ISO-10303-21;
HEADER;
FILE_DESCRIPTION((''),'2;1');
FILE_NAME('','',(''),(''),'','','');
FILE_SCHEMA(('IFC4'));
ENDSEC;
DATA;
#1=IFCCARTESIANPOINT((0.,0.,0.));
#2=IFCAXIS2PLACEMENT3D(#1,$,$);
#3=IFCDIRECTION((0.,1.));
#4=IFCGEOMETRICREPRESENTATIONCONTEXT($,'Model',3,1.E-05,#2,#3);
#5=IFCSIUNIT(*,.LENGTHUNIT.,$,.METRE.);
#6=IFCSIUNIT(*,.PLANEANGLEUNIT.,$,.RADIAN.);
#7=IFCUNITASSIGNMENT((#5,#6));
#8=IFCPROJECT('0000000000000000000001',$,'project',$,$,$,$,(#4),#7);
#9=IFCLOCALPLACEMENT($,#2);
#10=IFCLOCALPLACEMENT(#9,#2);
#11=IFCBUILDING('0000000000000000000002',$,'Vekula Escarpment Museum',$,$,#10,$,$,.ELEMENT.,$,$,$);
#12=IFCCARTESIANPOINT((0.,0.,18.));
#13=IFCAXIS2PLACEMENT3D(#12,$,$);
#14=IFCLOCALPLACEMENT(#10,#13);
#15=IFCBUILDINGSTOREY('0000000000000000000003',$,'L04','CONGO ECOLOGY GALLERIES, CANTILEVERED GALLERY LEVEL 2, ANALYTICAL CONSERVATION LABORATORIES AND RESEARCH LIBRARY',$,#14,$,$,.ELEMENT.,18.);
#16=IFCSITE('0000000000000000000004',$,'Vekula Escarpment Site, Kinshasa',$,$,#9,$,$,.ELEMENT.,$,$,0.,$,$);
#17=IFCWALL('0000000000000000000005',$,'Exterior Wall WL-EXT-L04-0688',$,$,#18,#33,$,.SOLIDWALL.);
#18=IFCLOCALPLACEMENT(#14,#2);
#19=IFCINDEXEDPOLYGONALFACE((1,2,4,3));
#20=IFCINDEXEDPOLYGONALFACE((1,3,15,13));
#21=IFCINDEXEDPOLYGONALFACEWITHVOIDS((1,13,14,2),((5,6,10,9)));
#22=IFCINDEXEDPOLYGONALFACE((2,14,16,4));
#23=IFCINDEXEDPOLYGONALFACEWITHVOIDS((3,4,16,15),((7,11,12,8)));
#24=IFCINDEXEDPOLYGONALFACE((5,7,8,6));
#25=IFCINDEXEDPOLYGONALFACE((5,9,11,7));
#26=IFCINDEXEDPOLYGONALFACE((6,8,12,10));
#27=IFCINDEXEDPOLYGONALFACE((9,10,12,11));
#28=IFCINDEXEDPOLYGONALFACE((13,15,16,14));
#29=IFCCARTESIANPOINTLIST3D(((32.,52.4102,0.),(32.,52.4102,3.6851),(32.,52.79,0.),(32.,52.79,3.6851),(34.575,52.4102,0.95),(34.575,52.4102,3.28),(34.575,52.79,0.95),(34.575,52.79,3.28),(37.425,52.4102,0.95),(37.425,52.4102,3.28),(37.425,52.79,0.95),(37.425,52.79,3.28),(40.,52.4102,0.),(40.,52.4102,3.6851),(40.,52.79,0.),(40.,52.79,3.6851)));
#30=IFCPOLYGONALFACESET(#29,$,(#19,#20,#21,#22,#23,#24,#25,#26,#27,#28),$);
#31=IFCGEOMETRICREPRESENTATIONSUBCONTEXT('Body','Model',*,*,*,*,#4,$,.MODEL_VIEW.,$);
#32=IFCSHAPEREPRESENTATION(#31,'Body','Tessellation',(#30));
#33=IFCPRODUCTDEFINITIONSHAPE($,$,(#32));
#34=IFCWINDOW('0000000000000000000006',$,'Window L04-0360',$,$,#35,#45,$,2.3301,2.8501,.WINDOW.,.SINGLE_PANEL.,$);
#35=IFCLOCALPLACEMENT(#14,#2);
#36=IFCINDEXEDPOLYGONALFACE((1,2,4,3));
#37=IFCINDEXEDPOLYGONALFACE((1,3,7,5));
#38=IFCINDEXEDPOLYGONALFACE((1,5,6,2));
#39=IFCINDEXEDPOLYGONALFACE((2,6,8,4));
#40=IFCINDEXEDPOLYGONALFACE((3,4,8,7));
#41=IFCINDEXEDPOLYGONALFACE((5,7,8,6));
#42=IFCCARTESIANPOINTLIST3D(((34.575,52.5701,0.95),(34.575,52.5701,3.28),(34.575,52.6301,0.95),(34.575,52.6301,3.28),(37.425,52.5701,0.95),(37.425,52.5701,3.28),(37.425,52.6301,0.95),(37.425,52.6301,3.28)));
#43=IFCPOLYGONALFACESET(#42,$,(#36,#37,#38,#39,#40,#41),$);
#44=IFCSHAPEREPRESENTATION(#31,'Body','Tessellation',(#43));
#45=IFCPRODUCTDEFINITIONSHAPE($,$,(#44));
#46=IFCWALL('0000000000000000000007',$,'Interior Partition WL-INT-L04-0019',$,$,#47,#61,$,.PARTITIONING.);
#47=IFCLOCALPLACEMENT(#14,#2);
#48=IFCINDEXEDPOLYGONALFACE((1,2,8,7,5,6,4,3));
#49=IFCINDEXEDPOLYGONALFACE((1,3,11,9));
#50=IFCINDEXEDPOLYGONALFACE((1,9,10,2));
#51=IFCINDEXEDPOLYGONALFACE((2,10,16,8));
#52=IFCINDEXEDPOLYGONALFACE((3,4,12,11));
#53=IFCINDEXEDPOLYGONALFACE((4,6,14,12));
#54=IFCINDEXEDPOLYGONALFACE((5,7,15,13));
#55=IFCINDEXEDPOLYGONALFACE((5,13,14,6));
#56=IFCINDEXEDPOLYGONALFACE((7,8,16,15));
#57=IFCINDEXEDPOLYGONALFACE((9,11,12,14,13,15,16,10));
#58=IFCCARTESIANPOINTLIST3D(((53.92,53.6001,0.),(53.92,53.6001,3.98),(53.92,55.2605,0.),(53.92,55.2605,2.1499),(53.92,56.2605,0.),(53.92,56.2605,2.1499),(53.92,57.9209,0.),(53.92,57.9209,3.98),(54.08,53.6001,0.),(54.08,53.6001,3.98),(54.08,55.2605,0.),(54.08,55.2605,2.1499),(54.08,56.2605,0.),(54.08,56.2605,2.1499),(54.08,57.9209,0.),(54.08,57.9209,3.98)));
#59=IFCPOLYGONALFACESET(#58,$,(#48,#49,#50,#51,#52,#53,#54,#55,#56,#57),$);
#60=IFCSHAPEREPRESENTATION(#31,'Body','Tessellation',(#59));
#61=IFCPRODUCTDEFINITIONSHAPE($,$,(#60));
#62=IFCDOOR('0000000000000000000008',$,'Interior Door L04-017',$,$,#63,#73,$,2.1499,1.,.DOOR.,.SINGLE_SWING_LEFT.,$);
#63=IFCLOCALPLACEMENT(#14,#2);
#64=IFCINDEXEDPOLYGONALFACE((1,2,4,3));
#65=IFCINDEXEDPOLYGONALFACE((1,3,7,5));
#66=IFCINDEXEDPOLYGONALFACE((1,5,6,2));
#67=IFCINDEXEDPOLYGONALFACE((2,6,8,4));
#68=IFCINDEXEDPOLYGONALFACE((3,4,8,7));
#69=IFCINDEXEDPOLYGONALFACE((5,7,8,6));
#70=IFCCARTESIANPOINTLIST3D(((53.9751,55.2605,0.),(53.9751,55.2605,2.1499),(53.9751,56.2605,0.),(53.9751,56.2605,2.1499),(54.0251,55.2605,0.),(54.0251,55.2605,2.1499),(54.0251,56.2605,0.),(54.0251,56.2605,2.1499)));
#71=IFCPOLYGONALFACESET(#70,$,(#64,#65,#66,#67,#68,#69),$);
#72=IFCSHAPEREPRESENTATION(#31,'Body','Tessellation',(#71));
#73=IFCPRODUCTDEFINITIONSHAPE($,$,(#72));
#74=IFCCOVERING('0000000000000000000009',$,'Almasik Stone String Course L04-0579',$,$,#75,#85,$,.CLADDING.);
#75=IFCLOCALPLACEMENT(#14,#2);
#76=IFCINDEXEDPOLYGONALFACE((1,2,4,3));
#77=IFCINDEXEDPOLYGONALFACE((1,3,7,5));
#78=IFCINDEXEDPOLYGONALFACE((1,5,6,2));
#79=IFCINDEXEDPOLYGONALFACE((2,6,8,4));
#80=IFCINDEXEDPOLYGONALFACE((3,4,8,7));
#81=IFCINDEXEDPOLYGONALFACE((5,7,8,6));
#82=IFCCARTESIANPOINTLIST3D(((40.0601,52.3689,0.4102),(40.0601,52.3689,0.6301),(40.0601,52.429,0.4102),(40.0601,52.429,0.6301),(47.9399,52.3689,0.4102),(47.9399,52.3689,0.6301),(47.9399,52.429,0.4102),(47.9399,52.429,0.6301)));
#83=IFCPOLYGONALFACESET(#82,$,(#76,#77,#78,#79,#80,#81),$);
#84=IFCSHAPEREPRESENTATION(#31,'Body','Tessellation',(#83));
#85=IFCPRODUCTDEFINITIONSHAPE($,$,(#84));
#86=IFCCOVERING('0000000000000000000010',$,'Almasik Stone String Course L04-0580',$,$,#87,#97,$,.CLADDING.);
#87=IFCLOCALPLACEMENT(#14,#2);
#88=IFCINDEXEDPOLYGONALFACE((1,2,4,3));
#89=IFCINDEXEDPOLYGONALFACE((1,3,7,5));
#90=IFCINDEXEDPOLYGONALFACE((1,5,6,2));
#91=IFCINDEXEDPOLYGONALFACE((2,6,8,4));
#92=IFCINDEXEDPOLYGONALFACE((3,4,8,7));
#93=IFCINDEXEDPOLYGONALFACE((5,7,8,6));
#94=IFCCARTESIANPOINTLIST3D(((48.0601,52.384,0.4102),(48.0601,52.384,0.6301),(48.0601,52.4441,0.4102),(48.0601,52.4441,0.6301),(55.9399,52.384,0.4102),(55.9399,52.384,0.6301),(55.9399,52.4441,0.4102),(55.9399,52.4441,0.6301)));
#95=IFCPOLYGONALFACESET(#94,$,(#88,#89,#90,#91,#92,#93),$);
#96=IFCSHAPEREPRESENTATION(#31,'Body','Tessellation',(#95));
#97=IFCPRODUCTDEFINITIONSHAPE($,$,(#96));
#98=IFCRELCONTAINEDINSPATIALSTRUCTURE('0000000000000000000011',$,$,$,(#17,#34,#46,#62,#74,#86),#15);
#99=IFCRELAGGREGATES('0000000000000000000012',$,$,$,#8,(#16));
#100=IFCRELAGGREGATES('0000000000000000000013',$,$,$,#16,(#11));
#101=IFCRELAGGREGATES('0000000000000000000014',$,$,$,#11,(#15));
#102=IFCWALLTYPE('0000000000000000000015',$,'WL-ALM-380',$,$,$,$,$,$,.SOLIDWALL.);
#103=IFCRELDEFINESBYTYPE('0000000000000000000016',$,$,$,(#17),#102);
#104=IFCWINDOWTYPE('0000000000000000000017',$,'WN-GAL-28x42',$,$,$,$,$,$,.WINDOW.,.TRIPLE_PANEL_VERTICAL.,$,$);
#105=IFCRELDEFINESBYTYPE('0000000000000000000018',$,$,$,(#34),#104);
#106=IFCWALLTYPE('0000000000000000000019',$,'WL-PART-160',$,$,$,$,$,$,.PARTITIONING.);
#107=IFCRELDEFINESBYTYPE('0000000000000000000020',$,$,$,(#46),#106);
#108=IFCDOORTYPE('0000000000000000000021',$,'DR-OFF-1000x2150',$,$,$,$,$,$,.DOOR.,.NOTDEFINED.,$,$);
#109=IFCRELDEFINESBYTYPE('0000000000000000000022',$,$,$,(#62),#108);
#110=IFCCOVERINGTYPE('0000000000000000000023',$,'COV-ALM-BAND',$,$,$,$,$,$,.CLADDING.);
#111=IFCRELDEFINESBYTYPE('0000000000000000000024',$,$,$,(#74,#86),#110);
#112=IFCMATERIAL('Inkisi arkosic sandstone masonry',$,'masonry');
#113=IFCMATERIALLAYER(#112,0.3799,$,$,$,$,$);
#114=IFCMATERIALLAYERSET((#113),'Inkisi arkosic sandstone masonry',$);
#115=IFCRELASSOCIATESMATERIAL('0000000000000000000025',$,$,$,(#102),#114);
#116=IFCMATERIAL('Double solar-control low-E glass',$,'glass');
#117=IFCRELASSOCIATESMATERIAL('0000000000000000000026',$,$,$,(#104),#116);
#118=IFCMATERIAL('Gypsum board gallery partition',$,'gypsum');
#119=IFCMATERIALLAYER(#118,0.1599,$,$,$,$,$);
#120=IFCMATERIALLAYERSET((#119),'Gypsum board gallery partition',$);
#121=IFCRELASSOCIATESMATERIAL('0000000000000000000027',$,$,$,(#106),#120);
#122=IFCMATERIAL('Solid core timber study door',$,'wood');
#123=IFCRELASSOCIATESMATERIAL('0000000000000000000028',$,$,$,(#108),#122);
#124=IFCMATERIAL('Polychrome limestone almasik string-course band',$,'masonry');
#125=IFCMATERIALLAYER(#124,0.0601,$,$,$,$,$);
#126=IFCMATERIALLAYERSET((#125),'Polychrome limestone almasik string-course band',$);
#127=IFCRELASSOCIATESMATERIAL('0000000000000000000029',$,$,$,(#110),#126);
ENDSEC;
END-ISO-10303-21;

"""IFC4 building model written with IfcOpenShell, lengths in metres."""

from ifc_helpers import new_model, si_unit, direction, frame, frame_2d, origin, origin_2d, place, context, subcontext, project, spatial, rectangle, extrude, material, layer, layer_set, type_object, element, fill, save


model = new_model("IFC4")

# Units and contexts
model_context = context("Model", 3, precision=1e-05, world=origin(), true_north=direction((0.0, 1.0)))
body_context = subcontext(model_context, "Body", "Model", "MODEL_VIEW")
ifc_project = project(units=[si_unit("LENGTHUNIT", "METRE"), si_unit("PLANEANGLEUNIT", "RADIAN")], contexts=[model_context])

# Site, building, storey
site_placement = place(None, origin())
site = spatial("IfcSite", under=ifc_project, at=site_placement, Name="Vekula Escarpment Site, Kinshasa", CompositionType="ELEMENT", RefElevation=0.0)
building_placement = place(site_placement, origin())
building = spatial("IfcBuilding", under=site, at=building_placement, Name="Vekula Escarpment Museum", CompositionType="ELEMENT")
storey_placement = place(building_placement, frame((0.0, 0.0, 18.0)))
storey = spatial("IfcBuildingStorey", under=building, at=storey_placement, Name="L04", Description="CONGO ECOLOGY GALLERIES, CANTILEVERED GALLERY LEVEL 2, ANALYTICAL CONSERVATION LABORATORIES AND RESEARCH LIBRARY", CompositionType="ELEMENT", Elevation=18.0)

# Wall, opening, window
ifc_material_1 = material(Name="Inkisi arkosic sandstone masonry", Category="masonry")
ifc_layer_1 = layer(ifc_material_1, 0.3799)
ifc_layer_set_1 = layer_set([ifc_layer_1], Name="Inkisi arkosic sandstone masonry")
wall_type_1 = type_object("IfcWallType", Name="WL-ALM-380", PredefinedType="SOLIDWALL", material=ifc_layer_set_1)
wall_1_placement = place(storey_placement, frame((40.0, 52.6001, 0.0), z_axis=(0.0, 0.0, 1.0), x_axis=(-1.0, 0.0, 0.0)))
wall_1 = element("IfcWall", 1, at=wall_1_placement, inside=storey, type_object=wall_type_1, Name="Exterior Wall WL-EXT-L04-0688", PredefinedType="SOLIDWALL", context=body_context, shape_type="SweptSolid", body=[
    extrude(rectangle(XDim=8.0, YDim=0.3799, at=frame_2d((4.0, 0.0))), origin(), (0.0, 0.0, 1.0), 3.6851),
])
opening_1_placement = place(wall_1_placement, frame((2.575, 0.0, 0.95)))
opening_1 = element("IfcOpeningElement", 2, at=opening_1_placement, cuts=wall_1, PredefinedType="OPENING", context=body_context, shape_type="SweptSolid", body=[
    extrude(rectangle(XDim=2.8501, YDim=2.3301, at=frame_2d((1.425, 1.165))), frame((0.0, 0.2, 0.0), z_axis=(0.0, -1.0, 0.0), x_axis=(1.0, 0.0, 0.0)), (0.0, 0.0, 1.0), 0.3999),
])
ifc_material_2 = material(Name="Double solar-control low-E glass", Category="glass")
window_type_1 = type_object("IfcWindowType", Name="WN-GAL-28x42", PartitioningType="TRIPLE_PANEL_VERTICAL", PredefinedType="WINDOW", material=ifc_material_2)
window_1_placement = place(opening_1_placement, origin())
window_1 = element("IfcWindow", 3, at=window_1_placement, inside=storey, type_object=window_type_1, Name="Window L04-0360", OverallHeight=2.3301, OverallWidth=2.8501, PartitioningType="SINGLE_PANEL", PredefinedType="WINDOW", context=body_context, shape_type="SweptSolid", body=[
    extrude(rectangle(XDim=2.8501, YDim=2.3301, at=frame_2d((1.425, 1.165))), frame((0.0, 0.03, 0.0), z_axis=(0.0, -1.0, 0.0), x_axis=(1.0, 0.0, 0.0)), (0.0, 0.0, 1.0), 0.0601),
])
fill(opening_1, window_1)

# Wall, opening, door
ifc_material_3 = material(Name="Gypsum board gallery partition", Category="gypsum")
ifc_layer_2 = layer(ifc_material_3, 0.1599)
ifc_layer_set_2 = layer_set([ifc_layer_2], Name="Gypsum board gallery partition")
wall_type_2 = type_object("IfcWallType", Name="WL-PART-160", PredefinedType="PARTITIONING", material=ifc_layer_set_2)
wall_2_placement = place(storey_placement, frame((54.0, 53.6001, 0.0), z_axis=(0.0, 0.0, 1.0), x_axis=(0.0, 1.0, 0.0)))
wall_2 = element("IfcWall", 4, at=wall_2_placement, inside=storey, type_object=wall_type_2, Name="Interior Partition WL-INT-L04-0019", PredefinedType="PARTITIONING", context=body_context, shape_type="SweptSolid", body=[
    extrude(rectangle(XDim=4.3208, YDim=0.1599, at=frame_2d((2.1604, 0.0))), origin(), (0.0, 0.0, 1.0), 3.98),
])
opening_2_placement = place(wall_2_placement, frame((1.6604, 0.0, 0.0)))
opening_2 = element("IfcOpeningElement", 5, at=opening_2_placement, cuts=wall_2, PredefinedType="OPENING", context=body_context, shape_type="SweptSolid", body=[
    extrude(rectangle(XDim=1.0, YDim=2.1499, at=frame_2d((0.5, 1.075))), frame((0.0, 0.0898, 0.0), z_axis=(0.0, -1.0, 0.0), x_axis=(1.0, 0.0, 0.0)), (0.0, 0.0, 1.0), 0.1799),
])
ifc_material_4 = material(Name="Solid core timber study door", Category="wood")
door_type = type_object("IfcDoorType", Name="DR-OFF-1000x2150", OperationType="NOTDEFINED", PredefinedType="DOOR", material=ifc_material_4)
door_placement = place(opening_2_placement, origin())
door = element("IfcDoor", 6, at=door_placement, inside=storey, type_object=door_type, Name="Interior Door L04-017", OperationType="SINGLE_SWING_LEFT", OverallHeight=2.1499, OverallWidth=1.0, PredefinedType="DOOR", context=body_context, shape_type="SweptSolid", body=[
    extrude(rectangle(XDim=1.0, YDim=2.1499, at=frame_2d((0.5, 1.075))), frame((0.0, 0.0249, 0.0), z_axis=(0.0, -1.0, 0.0), x_axis=(1.0, 0.0, 0.0)), (0.0, 0.0, 1.0), 0.05),
])
fill(opening_2, door)

# Coverings
ifc_material_5 = material(Name="Polychrome limestone almasik string-course band", Category="masonry")
ifc_layer_3 = layer(ifc_material_5, 0.0601)
ifc_layer_set_3 = layer_set([ifc_layer_3], Name="Polychrome limestone almasik string-course band")
covering_type = type_object("IfcCoveringType", Name="COV-ALM-BAND", PredefinedType="CLADDING", material=ifc_layer_set_3)
for number, where, z_axis, x_axis, name in (
    (7, (44.0, 52.3989, 0.4102), (0.0, 0.0, 1.0), (1.0, 0.0, 0.0), "Almasik Stone String Course L04-0579"),
    (8, (52.0, 52.4141, 0.4102), (0.0, 0.0, 1.0), (1.0, 0.0, 0.0), "Almasik Stone String Course L04-0580"),
):
    element("IfcCovering", number, at=place(storey_placement, frame(where, z_axis=z_axis, x_axis=x_axis)), inside=storey, type_object=covering_type, Name=name, PredefinedType="CLADDING", context=body_context, shape_type="SweptSolid", body=[
        extrude(rectangle(XDim=7.8799, YDim=0.0601, at=origin_2d()), origin(), (0.0, 0.0, 1.0), 0.22),
    ])

save(model, "model.ifc")
